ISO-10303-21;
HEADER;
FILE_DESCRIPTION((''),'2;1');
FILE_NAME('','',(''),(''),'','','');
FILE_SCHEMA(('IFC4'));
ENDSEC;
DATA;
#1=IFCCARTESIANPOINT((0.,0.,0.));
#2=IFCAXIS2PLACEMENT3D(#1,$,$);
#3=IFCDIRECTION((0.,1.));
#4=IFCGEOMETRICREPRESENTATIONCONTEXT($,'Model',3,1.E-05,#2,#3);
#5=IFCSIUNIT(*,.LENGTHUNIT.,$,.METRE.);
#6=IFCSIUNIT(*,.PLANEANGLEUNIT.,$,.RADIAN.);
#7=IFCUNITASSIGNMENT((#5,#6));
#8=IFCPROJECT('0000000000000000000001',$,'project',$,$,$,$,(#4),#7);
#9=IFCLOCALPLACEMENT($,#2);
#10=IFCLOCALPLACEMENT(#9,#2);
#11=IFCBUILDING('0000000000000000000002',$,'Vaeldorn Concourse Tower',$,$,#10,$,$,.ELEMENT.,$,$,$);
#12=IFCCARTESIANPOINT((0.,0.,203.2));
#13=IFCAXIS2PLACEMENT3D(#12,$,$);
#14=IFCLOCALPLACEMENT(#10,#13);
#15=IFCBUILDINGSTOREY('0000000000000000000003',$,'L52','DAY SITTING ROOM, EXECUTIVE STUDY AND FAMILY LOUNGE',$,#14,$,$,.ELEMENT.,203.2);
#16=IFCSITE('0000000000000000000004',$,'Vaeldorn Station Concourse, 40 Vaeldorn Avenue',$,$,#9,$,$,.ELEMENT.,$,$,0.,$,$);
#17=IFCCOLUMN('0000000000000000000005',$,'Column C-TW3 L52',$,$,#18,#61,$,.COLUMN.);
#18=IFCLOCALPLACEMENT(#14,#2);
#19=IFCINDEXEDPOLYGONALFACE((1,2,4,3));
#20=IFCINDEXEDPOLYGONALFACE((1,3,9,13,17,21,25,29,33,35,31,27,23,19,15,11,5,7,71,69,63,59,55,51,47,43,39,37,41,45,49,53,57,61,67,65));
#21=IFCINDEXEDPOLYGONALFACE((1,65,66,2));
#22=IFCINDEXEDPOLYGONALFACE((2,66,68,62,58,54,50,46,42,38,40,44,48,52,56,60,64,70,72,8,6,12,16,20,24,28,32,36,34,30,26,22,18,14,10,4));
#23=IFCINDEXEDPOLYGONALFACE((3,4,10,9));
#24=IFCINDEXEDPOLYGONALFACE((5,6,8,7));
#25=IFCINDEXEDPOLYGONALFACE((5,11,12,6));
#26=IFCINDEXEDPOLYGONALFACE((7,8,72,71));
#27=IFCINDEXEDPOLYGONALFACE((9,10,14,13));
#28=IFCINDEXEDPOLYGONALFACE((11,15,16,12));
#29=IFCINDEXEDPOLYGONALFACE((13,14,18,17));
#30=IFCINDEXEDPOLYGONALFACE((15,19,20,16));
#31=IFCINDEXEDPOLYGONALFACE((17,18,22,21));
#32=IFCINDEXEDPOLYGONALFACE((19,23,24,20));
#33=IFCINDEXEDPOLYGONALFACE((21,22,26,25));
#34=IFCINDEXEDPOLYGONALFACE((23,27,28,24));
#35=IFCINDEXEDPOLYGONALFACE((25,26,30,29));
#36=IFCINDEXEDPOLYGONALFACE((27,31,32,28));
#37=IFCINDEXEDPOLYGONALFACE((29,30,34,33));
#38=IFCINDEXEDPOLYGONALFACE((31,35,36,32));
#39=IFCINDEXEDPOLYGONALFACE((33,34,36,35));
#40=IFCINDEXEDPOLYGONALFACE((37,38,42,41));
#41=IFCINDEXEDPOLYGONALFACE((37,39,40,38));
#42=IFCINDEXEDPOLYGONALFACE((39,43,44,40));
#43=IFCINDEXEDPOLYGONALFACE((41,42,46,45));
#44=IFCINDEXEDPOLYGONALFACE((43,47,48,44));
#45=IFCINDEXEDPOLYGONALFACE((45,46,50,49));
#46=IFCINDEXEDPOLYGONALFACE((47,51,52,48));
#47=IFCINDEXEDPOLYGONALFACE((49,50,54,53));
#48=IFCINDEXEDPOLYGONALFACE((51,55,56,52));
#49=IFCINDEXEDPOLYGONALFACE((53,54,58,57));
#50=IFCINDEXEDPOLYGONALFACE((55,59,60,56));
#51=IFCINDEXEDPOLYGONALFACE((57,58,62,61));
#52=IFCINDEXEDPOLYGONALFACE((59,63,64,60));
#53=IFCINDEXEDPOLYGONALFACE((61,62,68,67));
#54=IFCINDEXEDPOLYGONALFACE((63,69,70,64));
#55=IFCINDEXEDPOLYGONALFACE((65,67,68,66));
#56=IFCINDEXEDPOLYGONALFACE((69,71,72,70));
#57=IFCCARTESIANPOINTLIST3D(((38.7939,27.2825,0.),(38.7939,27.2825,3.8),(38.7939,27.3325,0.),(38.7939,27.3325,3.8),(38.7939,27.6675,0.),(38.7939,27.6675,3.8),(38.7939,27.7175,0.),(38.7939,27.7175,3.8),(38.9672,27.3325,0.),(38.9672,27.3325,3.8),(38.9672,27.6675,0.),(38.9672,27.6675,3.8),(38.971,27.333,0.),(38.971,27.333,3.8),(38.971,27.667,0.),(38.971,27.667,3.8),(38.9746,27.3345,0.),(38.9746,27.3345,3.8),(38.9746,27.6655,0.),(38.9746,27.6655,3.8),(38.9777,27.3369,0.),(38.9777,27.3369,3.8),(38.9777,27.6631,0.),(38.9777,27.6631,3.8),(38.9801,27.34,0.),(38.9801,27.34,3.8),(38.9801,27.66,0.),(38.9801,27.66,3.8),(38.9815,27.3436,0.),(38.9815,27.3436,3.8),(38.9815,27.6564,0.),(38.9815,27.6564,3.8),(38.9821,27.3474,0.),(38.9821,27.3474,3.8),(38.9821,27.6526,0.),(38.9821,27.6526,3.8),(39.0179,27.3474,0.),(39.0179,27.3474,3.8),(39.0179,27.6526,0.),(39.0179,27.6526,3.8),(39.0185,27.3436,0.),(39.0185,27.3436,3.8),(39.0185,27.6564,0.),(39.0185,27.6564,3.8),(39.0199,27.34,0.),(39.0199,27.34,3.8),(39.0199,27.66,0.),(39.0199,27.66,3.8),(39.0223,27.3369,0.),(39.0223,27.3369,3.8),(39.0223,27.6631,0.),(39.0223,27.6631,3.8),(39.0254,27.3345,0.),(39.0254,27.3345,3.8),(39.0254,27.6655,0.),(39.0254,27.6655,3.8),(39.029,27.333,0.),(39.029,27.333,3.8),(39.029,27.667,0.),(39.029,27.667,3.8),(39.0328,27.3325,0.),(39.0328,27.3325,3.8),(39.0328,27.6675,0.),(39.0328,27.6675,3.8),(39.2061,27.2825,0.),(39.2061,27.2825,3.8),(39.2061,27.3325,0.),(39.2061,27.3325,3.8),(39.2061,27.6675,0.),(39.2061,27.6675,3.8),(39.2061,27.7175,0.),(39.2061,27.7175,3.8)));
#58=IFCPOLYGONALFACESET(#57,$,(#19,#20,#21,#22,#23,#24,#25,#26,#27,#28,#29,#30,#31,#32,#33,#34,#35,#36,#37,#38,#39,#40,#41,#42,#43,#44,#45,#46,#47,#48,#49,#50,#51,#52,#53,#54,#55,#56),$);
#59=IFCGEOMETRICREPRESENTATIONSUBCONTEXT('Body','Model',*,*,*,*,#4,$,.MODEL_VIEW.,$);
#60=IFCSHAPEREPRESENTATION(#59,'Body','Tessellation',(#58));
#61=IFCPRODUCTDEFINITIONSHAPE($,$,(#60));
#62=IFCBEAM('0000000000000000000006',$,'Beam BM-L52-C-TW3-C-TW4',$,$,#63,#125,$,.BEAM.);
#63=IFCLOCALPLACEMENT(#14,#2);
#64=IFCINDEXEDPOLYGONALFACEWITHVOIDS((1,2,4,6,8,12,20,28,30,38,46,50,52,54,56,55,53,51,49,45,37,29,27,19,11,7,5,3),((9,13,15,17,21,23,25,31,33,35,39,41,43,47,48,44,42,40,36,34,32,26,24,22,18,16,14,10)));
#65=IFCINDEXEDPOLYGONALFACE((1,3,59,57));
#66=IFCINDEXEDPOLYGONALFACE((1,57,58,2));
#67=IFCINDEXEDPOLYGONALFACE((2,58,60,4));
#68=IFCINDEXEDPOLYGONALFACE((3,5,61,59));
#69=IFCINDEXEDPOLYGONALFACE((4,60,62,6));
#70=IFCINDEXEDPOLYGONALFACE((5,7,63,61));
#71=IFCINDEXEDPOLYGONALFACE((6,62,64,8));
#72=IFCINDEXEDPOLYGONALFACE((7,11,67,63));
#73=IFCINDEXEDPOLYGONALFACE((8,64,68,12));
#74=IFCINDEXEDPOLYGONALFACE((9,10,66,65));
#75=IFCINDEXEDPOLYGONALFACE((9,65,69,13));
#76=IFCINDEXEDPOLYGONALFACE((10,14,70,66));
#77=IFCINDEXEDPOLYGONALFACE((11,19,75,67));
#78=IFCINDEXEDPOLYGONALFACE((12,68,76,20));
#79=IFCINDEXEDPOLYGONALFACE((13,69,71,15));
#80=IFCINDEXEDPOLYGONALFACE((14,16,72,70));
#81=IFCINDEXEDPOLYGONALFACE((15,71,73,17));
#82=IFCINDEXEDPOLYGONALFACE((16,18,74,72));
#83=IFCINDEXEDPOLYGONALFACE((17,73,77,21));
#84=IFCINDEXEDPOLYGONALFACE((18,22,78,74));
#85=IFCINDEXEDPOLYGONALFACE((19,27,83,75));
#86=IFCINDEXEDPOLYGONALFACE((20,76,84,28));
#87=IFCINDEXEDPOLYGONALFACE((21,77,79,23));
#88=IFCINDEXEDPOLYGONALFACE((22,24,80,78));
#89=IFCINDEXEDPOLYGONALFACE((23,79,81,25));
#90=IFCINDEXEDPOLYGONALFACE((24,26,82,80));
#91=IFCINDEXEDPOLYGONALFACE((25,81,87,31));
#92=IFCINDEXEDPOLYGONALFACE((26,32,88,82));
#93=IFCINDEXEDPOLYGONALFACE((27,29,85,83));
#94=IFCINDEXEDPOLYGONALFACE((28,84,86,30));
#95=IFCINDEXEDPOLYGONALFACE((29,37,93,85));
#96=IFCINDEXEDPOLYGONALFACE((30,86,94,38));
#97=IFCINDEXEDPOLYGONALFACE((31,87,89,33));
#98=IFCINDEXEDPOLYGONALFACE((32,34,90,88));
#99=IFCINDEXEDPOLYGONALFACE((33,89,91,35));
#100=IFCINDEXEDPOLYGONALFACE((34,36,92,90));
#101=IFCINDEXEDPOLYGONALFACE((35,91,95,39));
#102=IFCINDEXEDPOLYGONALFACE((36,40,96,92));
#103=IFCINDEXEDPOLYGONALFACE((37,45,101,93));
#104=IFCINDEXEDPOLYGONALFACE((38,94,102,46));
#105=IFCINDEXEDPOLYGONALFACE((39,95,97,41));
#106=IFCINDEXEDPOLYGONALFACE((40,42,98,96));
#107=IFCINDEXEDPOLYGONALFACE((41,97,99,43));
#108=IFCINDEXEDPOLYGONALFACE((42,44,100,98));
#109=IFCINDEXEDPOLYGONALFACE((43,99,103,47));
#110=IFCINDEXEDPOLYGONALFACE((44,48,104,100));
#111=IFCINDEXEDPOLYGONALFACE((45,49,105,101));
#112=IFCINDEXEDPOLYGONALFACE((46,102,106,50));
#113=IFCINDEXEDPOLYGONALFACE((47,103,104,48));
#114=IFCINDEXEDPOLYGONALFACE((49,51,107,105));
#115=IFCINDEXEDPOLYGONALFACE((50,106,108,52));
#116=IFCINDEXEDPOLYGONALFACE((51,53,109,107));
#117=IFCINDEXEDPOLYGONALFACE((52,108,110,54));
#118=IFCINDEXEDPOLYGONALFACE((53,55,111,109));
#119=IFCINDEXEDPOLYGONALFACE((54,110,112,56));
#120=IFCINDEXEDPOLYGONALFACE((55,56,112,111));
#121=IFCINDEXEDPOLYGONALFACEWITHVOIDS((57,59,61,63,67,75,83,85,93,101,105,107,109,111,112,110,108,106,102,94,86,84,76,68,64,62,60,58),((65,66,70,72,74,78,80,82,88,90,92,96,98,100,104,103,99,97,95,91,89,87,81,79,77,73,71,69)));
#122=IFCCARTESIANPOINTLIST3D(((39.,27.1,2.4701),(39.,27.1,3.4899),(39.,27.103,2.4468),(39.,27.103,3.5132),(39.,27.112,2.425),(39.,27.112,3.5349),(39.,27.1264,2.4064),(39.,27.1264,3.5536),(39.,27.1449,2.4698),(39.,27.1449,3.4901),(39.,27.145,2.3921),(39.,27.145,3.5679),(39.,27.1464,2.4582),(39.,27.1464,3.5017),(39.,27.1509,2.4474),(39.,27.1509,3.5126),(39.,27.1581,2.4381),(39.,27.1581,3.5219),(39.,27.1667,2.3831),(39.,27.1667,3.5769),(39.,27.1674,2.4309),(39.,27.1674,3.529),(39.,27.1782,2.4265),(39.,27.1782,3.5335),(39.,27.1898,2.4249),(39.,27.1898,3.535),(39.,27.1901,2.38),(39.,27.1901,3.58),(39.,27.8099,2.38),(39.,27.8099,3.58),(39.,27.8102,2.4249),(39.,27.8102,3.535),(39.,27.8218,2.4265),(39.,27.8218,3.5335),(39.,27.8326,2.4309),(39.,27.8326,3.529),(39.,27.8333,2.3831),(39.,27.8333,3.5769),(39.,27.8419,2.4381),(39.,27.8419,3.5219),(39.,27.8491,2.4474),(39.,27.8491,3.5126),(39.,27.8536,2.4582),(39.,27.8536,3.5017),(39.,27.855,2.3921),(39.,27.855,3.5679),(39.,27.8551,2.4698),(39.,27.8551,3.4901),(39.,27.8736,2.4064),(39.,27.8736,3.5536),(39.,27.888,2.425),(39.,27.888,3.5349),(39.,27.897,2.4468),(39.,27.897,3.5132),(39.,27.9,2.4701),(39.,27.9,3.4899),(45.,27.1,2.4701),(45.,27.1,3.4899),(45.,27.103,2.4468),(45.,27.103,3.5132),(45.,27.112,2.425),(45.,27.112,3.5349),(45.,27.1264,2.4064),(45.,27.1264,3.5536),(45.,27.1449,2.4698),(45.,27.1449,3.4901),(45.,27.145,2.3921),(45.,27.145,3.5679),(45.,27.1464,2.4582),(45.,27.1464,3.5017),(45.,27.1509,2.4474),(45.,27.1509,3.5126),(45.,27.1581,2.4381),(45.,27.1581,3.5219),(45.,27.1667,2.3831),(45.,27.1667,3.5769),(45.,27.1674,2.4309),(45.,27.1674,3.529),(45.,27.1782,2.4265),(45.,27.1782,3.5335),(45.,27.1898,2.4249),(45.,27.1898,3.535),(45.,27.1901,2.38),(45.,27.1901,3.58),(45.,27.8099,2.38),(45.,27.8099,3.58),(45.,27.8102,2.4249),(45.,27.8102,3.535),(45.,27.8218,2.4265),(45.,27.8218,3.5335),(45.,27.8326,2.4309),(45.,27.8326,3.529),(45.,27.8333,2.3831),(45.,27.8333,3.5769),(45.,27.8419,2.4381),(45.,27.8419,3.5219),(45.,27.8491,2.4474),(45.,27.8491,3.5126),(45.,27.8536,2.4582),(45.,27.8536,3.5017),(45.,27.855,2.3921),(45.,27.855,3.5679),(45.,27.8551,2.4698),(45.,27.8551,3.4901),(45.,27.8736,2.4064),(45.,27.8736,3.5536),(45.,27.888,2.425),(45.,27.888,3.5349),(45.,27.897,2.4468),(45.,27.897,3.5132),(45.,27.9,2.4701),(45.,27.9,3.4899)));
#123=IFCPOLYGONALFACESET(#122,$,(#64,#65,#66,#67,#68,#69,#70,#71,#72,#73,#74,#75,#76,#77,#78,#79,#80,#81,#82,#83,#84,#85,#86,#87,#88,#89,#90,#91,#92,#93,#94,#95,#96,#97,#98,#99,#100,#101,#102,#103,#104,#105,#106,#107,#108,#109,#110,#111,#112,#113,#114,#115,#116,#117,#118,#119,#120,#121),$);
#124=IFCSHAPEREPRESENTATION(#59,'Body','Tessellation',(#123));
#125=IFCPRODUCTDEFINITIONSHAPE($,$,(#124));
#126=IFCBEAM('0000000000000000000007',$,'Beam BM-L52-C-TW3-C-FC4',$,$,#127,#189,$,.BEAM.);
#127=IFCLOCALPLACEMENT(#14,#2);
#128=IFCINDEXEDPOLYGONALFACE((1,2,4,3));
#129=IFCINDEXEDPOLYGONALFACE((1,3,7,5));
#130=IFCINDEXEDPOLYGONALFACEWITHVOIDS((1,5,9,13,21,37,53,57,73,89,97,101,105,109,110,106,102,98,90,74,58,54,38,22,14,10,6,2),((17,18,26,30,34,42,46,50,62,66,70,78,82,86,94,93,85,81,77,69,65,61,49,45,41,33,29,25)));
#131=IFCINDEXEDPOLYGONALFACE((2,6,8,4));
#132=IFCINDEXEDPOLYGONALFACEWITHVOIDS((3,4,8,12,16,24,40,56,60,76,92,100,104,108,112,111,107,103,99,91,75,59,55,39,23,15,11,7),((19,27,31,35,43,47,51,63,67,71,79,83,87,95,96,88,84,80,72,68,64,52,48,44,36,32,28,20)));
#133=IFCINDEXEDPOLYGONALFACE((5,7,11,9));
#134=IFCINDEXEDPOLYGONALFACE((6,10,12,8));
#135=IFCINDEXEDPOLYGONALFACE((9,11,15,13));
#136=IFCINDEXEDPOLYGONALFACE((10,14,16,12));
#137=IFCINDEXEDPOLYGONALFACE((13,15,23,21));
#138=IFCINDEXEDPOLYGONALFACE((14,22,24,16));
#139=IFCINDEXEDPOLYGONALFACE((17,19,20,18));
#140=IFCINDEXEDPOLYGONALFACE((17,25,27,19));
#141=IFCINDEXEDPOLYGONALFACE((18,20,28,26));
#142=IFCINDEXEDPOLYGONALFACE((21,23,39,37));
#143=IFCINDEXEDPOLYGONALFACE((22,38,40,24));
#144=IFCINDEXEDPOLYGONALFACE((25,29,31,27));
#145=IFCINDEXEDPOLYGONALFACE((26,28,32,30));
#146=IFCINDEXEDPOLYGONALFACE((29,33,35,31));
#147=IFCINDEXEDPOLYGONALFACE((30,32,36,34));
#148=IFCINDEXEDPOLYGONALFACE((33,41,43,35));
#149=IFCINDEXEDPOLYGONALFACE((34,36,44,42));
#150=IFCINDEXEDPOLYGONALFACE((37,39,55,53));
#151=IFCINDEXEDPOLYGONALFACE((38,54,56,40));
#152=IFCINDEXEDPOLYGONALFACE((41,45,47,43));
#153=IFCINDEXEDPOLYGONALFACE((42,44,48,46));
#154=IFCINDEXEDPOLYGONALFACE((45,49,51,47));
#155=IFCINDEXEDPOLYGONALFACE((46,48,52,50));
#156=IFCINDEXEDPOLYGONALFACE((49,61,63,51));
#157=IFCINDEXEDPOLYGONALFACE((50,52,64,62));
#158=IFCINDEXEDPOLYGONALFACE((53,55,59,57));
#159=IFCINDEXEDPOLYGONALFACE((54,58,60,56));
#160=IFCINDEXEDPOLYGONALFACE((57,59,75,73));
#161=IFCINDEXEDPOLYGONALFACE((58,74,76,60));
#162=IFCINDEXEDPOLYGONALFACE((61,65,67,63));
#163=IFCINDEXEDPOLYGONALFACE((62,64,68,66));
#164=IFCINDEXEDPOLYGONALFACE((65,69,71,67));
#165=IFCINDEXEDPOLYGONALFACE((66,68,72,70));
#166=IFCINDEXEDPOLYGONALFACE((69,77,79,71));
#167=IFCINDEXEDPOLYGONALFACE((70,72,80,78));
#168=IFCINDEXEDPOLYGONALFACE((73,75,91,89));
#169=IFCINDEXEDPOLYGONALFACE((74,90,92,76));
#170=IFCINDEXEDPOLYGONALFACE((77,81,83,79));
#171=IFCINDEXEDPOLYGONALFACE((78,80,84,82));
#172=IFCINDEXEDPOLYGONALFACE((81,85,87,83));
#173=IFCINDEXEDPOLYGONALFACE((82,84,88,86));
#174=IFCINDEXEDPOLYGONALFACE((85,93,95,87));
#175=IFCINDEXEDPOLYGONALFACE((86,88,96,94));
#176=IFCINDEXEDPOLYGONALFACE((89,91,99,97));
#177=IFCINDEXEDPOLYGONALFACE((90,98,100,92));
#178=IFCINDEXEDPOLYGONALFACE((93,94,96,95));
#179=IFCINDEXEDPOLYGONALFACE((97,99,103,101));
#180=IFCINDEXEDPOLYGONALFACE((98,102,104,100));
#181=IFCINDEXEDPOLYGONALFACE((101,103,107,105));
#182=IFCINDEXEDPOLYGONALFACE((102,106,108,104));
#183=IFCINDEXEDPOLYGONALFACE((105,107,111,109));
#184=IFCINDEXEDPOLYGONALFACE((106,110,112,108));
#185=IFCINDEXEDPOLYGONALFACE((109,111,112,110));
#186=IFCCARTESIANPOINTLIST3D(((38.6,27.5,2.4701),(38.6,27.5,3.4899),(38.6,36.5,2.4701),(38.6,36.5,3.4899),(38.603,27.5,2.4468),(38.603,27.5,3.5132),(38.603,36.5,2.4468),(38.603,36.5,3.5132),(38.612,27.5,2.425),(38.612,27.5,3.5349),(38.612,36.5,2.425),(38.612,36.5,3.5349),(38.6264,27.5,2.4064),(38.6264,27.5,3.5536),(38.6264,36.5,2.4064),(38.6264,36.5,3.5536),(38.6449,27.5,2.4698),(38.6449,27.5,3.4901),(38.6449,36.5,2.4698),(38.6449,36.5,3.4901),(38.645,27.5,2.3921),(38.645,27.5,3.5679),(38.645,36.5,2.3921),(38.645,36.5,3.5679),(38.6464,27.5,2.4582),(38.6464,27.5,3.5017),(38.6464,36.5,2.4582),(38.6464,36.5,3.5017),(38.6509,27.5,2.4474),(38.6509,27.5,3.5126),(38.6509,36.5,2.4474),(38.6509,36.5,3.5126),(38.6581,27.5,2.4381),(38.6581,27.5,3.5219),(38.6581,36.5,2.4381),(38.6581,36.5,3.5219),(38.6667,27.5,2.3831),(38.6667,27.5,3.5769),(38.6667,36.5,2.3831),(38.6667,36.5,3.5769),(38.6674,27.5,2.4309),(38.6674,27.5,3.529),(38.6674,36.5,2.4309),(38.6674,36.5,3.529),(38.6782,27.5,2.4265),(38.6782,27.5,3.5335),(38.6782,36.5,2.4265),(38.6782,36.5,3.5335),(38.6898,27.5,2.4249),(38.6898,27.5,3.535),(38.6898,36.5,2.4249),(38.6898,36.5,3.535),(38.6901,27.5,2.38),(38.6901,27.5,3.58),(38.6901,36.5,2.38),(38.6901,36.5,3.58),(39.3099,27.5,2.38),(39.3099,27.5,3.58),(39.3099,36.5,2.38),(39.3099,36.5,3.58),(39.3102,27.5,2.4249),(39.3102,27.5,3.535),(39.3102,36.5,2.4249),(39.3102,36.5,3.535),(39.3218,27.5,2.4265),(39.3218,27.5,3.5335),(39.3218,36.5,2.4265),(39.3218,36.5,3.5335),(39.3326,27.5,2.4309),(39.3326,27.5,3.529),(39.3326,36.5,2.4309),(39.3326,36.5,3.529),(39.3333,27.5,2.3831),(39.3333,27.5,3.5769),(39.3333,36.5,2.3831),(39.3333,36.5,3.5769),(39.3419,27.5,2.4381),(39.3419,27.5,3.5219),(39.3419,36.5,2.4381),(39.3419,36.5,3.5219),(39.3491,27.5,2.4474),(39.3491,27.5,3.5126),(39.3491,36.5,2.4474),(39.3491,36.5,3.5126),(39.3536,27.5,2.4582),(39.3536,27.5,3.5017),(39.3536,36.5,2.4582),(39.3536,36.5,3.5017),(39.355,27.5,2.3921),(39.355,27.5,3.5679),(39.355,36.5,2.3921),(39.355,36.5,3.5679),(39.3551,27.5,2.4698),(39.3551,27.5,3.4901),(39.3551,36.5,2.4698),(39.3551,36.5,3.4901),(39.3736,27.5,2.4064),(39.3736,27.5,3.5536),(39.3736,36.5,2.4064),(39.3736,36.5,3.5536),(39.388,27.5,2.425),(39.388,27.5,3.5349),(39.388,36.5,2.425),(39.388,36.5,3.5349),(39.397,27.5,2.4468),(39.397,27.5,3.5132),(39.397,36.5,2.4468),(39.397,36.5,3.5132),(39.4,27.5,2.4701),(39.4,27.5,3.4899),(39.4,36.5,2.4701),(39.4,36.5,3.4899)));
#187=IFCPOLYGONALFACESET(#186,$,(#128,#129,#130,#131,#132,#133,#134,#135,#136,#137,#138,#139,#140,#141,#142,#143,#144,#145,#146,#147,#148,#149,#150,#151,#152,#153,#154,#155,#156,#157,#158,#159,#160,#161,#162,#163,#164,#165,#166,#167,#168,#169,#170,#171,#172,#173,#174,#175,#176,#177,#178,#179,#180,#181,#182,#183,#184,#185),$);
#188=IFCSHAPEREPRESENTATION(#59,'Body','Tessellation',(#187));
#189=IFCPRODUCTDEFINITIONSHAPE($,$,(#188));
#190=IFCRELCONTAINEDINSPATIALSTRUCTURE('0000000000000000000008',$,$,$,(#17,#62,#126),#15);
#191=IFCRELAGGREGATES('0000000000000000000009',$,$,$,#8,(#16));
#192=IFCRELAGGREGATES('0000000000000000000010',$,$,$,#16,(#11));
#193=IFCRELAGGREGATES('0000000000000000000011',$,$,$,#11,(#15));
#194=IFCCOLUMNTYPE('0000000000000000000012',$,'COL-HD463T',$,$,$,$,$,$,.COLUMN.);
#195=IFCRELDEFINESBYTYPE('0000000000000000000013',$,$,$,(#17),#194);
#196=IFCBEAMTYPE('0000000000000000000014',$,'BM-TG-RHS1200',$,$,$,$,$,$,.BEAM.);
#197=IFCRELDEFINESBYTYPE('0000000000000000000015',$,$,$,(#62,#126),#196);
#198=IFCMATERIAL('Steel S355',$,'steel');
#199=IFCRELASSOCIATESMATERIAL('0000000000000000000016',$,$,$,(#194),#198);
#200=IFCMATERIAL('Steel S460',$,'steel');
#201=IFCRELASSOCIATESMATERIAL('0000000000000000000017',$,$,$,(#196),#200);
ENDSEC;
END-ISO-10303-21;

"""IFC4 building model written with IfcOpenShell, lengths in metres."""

from ifc_helpers import new_model, si_unit, direction, frame, origin, origin_2d, place, context, subcontext, project, spatial, hollow_rectangle, i_section, extrude, source, transform, mapped, material, material_profile, profile_set, type_object, element, save


model = new_model("IFC4")

# Units and contexts
model_context = context("Model", 3, precision=1e-05, world=origin(), true_north=direction((0.0, 1.0)))
body_context = subcontext(model_context, "Body", "Model", "MODEL_VIEW")
ifc_project = project(units=[si_unit("LENGTHUNIT", "METRE"), si_unit("PLANEANGLEUNIT", "RADIAN")], contexts=[model_context])

# Site, building, storey
site_placement = place(None, origin())
site = spatial("IfcSite", under=ifc_project, at=site_placement, Name="Vaeldorn Station Concourse, 40 Vaeldorn Avenue", CompositionType="ELEMENT", RefElevation=0.0)
building_placement = place(site_placement, origin())
building = spatial("IfcBuilding", under=site, at=building_placement, Name="Vaeldorn Concourse Tower", CompositionType="ELEMENT")
storey_placement = place(building_placement, frame((0.0, 0.0, 203.2)))
storey = spatial("IfcBuildingStorey", under=building, at=storey_placement, Name="L52", Description="DAY SITTING ROOM, EXECUTIVE STUDY AND FAMILY LOUNGE", CompositionType="ELEMENT", Elevation=203.2)

# Column
ifc_material_1 = material(Name="Steel S460", Category="steel")
ifc_material_2 = material(Name="Steel S355", Category="steel")
ifc_material_profile_1 = material_profile(ifc_material_2, i_section(OverallWidth=0.4121, OverallDepth=0.4351, WebThickness=0.0359, FlangeThickness=0.05, FilletRadius=0.0149, at=origin_2d()), Name="HD 400x463")
ifc_profile_set_1 = profile_set([ifc_material_profile_1], Name="Steel S355")
column_type_1 = type_object("IfcColumnType", Name="COL-HD463T", PredefinedType="COLUMN", material=ifc_profile_set_1)
shared_shape_1 = source(origin(), body_context, "Body", "SweptSolid", [
    extrude(i_section(OverallWidth=0.4121, OverallDepth=0.4351, WebThickness=0.0359, FlangeThickness=0.05, FilletRadius=0.0149, at=origin_2d()), origin(), (0.0, 0.0, 1.0), 3.8),
])
column_1_placement = place(storey_placement, frame((39.0, 27.5, 0.0), z_axis=(0.0, 0.0, 1.0), x_axis=(1.0, 0.0, 0.0)))
element("IfcColumn", 1, at=column_1_placement, inside=storey, type_object=column_type_1, Name="Column C-TW3 L52", PredefinedType="COLUMN", context=body_context, shape_type="MappedRepresentation", body=[
    mapped(shared_shape_1, transform((0.0, 0.0, 0.0), scale=1.0)),
])

# Beams
ifc_material_profile_2 = material_profile(ifc_material_1, hollow_rectangle(XDim=0.8, YDim=1.2, WallThickness=0.0449, InnerFilletRadius=0.0449, OuterFilletRadius=0.0901, at=origin_2d()), Name="RHS 1200x800x45")
ifc_profile_set_2 = profile_set([ifc_material_profile_2], Name="Steel S460")
beam_type_1 = type_object("IfcBeamType", Name="BM-TG-RHS1200", PredefinedType="BEAM", material=ifc_profile_set_2)
shared_shape_2 = source(origin(), body_context, "Body", "SweptSolid", [
    extrude(hollow_rectangle(XDim=0.8, YDim=1.2, WallThickness=0.0449, InnerFilletRadius=0.0449, OuterFilletRadius=0.0901, at=origin_2d()), origin(), (0.0, 0.0, 1.0), 6.0),
])
beam_1_placement = place(storey_placement, frame((39.0, 27.5, 2.98), z_axis=(1.0, 0.0, 0.0), x_axis=(0.0, 1.0, 0.0)))
element("IfcBeam", 2, at=beam_1_placement, inside=storey, type_object=beam_type_1, Name="Beam BM-L52-C-TW3-C-TW4", PredefinedType="BEAM", context=body_context, shape_type="MappedRepresentation", body=[
    mapped(shared_shape_2, transform((0.0, 0.0, 0.0), scale=1.0)),
])
shared_shape_3 = source(origin(), body_context, "Body", "SweptSolid", [
    extrude(hollow_rectangle(XDim=0.8, YDim=1.2, WallThickness=0.0449, InnerFilletRadius=0.0449, OuterFilletRadius=0.0901, at=origin_2d()), origin(), (0.0, 0.0, 1.0), 9.0),
])
for number, where, z_axis, x_axis, name in (
    (3, (39.0, 27.5, 2.98), (0.0, 1.0, 0.0), (-1.0, 0.0, 0.0), "Beam BM-L52-C-TW3-C-FC4"),
):
    element("IfcBeam", number, at=place(storey_placement, frame(where, z_axis=z_axis, x_axis=x_axis)), inside=storey, type_object=beam_type_1, Name=name, PredefinedType="BEAM", context=body_context, shape_type="MappedRepresentation", body=[
        mapped(shared_shape_3, transform((0.0, 0.0, 0.0), scale=1.0)),
    ])

save(model, "model.ifc")
